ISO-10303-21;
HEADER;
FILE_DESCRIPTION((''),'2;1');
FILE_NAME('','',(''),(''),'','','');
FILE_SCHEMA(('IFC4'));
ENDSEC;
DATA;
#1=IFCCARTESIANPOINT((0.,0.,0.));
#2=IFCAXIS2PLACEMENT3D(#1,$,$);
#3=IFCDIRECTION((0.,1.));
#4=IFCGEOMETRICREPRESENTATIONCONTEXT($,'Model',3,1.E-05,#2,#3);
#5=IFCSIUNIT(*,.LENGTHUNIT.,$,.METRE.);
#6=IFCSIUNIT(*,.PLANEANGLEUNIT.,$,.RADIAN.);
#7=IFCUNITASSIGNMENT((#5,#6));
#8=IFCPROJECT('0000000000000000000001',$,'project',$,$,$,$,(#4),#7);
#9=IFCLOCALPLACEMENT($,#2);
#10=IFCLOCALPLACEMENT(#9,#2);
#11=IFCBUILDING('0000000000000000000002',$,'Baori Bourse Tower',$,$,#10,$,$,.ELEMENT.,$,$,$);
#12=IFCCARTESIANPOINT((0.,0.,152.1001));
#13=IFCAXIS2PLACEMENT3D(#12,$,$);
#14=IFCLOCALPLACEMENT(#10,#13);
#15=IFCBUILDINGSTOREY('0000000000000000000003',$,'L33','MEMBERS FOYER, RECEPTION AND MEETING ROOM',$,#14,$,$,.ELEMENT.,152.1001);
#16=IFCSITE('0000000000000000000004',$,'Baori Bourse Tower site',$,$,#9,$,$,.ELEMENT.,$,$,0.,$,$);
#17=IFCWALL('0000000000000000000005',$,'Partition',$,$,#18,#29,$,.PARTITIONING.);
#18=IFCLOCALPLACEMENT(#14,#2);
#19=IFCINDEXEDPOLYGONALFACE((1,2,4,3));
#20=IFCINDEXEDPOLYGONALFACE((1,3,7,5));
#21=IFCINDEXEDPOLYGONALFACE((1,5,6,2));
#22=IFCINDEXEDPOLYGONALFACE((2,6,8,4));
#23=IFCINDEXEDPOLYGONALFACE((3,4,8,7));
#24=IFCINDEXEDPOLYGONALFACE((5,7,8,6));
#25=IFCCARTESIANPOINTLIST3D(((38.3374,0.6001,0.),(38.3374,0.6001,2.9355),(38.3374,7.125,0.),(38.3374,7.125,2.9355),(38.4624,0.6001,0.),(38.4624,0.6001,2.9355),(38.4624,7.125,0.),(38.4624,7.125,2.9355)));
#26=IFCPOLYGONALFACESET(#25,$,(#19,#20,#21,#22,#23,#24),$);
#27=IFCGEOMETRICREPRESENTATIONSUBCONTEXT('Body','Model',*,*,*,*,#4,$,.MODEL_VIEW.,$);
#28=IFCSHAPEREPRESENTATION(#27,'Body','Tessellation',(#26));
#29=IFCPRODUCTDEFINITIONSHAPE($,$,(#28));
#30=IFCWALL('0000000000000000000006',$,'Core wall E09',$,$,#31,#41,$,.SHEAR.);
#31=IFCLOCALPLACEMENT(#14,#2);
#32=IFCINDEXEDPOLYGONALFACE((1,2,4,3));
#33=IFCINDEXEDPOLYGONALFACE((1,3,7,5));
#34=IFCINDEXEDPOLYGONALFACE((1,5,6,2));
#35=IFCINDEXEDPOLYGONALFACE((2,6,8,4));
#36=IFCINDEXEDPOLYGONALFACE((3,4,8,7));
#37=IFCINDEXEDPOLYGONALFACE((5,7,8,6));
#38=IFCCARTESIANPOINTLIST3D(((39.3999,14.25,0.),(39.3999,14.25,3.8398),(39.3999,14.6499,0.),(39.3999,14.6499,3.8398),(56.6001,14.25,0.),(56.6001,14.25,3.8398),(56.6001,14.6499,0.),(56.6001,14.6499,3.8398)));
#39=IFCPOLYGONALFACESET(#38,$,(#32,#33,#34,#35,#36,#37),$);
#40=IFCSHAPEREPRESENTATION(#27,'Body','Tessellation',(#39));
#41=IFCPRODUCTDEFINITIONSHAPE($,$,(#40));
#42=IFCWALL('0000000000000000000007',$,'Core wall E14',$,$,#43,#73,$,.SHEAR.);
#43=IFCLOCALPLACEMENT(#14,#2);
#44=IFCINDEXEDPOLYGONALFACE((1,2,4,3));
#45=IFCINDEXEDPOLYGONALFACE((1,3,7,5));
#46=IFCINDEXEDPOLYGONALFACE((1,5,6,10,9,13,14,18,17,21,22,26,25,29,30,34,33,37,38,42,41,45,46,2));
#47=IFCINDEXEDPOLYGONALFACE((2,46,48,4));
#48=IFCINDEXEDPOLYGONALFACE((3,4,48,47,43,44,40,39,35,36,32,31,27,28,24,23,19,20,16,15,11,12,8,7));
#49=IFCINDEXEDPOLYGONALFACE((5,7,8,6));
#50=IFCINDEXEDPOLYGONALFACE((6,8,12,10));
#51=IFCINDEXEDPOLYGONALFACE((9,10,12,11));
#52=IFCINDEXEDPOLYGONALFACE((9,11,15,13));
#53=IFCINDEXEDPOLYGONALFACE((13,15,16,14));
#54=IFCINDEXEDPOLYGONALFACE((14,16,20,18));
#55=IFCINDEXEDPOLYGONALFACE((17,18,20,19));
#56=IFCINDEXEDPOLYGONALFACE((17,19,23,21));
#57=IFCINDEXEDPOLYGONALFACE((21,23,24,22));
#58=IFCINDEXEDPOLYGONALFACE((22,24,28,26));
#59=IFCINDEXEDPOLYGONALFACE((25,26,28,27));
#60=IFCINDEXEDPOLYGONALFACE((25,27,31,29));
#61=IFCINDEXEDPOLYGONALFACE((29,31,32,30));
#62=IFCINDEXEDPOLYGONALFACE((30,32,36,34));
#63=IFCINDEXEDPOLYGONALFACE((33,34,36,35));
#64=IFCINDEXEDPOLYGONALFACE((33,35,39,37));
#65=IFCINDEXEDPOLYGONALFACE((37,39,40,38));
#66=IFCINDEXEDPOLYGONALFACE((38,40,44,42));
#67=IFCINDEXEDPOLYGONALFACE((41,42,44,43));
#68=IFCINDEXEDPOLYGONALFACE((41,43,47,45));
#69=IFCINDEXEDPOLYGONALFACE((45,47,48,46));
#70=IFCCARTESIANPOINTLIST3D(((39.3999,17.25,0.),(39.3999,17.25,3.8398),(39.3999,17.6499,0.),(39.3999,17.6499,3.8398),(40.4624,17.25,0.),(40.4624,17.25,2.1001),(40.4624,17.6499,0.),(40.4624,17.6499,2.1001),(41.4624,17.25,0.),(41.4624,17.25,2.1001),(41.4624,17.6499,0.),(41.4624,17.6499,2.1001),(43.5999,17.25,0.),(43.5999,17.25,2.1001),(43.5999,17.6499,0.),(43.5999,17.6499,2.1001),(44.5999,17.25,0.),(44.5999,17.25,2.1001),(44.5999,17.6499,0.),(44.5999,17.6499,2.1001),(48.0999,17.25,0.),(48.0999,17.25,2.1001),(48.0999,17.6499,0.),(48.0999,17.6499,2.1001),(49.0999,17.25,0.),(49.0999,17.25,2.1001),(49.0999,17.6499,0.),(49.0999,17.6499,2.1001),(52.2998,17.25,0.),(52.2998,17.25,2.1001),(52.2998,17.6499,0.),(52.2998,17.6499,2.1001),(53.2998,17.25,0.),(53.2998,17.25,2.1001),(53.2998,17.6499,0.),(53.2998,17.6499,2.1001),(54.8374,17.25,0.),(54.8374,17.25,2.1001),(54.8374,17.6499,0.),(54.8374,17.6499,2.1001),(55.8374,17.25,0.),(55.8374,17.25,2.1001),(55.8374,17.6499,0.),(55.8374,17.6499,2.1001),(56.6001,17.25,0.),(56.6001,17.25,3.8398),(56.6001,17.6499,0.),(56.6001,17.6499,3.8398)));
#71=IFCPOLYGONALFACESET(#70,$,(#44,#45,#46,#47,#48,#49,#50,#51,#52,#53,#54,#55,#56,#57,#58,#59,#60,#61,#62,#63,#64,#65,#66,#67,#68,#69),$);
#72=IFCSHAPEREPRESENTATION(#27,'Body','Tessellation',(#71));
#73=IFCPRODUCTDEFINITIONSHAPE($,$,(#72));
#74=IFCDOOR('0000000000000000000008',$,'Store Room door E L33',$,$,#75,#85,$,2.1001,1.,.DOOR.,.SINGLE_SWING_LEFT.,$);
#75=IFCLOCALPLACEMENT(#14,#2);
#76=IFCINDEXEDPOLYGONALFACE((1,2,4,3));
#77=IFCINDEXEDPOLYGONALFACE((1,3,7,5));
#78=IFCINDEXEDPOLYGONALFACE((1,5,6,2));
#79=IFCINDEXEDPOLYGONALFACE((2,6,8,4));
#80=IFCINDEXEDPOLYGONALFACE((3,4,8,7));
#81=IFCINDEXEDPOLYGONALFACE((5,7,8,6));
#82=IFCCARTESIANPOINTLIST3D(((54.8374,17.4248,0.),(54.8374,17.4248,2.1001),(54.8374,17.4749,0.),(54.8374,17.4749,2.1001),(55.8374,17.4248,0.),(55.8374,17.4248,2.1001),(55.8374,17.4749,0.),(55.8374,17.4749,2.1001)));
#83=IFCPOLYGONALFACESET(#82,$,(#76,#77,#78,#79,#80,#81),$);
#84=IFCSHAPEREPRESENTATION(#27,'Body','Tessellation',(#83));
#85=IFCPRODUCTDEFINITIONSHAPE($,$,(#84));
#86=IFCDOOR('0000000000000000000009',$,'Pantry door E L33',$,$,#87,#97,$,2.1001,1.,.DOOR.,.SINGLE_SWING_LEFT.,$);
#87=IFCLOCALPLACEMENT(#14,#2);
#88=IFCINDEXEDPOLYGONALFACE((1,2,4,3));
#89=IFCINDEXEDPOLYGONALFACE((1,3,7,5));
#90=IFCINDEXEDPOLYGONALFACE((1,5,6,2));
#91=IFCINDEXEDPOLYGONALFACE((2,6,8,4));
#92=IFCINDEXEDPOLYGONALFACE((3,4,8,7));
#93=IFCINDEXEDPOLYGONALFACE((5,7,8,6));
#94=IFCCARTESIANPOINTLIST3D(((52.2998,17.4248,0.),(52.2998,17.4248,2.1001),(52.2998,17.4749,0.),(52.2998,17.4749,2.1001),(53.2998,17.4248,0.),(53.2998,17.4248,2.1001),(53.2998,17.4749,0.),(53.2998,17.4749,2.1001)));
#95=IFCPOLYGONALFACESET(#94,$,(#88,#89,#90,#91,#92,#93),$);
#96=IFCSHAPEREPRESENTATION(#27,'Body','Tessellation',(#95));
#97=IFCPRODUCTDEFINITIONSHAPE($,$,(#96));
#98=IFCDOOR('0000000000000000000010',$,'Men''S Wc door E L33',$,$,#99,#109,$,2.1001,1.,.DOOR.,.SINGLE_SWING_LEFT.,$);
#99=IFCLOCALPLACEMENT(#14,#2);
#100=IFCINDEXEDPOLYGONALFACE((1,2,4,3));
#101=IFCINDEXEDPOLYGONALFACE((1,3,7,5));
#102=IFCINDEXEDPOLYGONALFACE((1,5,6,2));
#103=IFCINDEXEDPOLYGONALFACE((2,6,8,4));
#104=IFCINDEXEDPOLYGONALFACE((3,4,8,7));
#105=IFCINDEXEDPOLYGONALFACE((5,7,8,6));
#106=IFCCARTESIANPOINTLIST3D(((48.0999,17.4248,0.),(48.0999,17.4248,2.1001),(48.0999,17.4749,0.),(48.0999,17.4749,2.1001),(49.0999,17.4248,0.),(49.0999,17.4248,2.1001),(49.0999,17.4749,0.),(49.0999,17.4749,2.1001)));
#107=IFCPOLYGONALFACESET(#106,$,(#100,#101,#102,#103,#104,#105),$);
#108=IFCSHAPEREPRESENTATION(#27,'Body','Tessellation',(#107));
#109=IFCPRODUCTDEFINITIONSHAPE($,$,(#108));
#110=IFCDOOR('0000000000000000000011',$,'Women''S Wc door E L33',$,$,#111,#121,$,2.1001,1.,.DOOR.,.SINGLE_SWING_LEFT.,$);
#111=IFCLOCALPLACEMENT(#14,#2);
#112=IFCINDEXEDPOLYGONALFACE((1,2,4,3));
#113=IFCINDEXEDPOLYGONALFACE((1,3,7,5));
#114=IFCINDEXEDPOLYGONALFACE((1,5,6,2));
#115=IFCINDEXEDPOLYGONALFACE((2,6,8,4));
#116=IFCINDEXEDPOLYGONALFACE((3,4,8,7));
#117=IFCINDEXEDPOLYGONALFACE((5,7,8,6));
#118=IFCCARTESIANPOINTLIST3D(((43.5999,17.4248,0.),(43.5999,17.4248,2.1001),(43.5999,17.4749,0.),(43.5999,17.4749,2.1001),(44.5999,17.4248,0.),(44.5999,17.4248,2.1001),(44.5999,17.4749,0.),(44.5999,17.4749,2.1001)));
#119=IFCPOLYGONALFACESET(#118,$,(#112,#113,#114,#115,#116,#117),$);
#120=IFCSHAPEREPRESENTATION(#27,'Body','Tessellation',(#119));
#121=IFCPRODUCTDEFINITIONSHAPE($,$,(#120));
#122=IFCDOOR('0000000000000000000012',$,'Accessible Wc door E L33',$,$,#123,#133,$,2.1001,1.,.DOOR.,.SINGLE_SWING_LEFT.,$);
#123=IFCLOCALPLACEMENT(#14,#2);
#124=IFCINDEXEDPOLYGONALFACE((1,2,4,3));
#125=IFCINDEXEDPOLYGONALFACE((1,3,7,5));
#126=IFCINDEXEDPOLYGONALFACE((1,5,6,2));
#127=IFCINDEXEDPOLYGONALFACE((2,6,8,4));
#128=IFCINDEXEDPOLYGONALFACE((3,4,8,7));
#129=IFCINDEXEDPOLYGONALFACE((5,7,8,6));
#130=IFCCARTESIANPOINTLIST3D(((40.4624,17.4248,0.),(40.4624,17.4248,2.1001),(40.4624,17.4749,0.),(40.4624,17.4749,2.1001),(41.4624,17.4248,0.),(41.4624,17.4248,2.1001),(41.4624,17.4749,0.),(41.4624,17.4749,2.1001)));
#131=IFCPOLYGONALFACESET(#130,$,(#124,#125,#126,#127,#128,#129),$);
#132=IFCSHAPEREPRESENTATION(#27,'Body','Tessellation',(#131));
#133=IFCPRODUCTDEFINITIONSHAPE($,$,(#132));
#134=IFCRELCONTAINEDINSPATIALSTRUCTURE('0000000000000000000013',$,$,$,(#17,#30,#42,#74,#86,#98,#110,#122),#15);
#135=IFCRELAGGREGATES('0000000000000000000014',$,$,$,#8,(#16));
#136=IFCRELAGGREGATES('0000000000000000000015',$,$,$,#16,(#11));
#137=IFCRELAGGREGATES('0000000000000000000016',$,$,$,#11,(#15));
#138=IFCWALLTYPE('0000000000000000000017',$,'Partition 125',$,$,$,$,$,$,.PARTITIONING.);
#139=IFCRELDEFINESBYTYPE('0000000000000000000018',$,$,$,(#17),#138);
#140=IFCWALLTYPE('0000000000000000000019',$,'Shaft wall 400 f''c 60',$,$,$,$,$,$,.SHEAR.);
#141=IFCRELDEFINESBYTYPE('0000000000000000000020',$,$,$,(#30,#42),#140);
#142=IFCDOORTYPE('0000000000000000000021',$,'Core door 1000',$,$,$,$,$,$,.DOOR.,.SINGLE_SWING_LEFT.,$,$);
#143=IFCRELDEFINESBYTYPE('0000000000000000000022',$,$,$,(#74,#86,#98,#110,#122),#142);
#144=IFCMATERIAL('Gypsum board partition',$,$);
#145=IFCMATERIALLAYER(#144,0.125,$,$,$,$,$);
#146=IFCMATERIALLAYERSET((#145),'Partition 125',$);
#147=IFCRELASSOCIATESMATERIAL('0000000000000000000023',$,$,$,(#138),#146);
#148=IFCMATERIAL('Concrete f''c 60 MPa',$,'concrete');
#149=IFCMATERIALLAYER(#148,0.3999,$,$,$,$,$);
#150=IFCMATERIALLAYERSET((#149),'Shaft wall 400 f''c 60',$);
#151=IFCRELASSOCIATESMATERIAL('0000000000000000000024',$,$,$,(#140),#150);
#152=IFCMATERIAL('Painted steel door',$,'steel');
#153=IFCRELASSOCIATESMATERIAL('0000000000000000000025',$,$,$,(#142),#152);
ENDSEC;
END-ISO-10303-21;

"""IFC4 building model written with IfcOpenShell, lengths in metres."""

from ifc_helpers import new_model, si_unit, direction, frame, frame_2d, origin, place, context, subcontext, project, spatial, rectangle, extrude, material, layer, layer_set, type_object, element, fill, save


model = new_model("IFC4")

# Units and contexts
model_context = context("Model", 3, precision=1e-05, world=origin(), true_north=direction((0.0, 1.0)))
body_context = subcontext(model_context, "Body", "Model", "MODEL_VIEW")
ifc_project = project(units=[si_unit("LENGTHUNIT", "METRE"), si_unit("PLANEANGLEUNIT", "RADIAN")], contexts=[model_context])

# Site, building, storey
site_placement = place(None, origin())
site = spatial("IfcSite", under=ifc_project, at=site_placement, Name="Baori Bourse Tower site", CompositionType="ELEMENT", RefElevation=0.0)
building_placement = place(site_placement, origin())
building = spatial("IfcBuilding", under=site, at=building_placement, Name="Baori Bourse Tower", CompositionType="ELEMENT")
storey_placement = place(building_placement, frame((0.0, 0.0, 152.1001)))
storey = spatial("IfcBuildingStorey", under=building, at=storey_placement, Name="L33", Description="MEMBERS FOYER, RECEPTION AND MEETING ROOM", CompositionType="ELEMENT", Elevation=152.1001)

# Walls
ifc_material_1 = material(Name="Gypsum board partition")
ifc_layer_1 = layer(ifc_material_1, 0.125)
ifc_layer_set_1 = layer_set([ifc_layer_1], Name="Partition 125")
wall_type_1 = type_object("IfcWallType", Name="Partition 125", PredefinedType="PARTITIONING", material=ifc_layer_set_1)
wall_1_placement = place(storey_placement, frame((38.3999, 0.6001, 0.0), z_axis=(0.0, 0.0, 1.0), x_axis=(0.0, 1.0, 0.0)))
element("IfcWall", 1, at=wall_1_placement, inside=storey, type_object=wall_type_1, Name="Partition", PredefinedType="PARTITIONING", context=body_context, shape_type="SweptSolid", body=[
    extrude(rectangle(XDim=6.5249, YDim=0.125, at=frame_2d((3.2625, 0.0))), origin(), (0.0, 0.0, 1.0), 2.9355),
])
ifc_material_2 = material(Name="Concrete f'c 60 MPa", Category="concrete")
ifc_layer_2 = layer(ifc_material_2, 0.3999)
ifc_layer_set_2 = layer_set([ifc_layer_2], Name="Shaft wall 400 f'c 60")
wall_type_2 = type_object("IfcWallType", Name="Shaft wall 400 f'c 60", PredefinedType="SHEAR", material=ifc_layer_set_2)
wall_2_placement = place(storey_placement, frame((39.3999, 14.45, 0.0), z_axis=(0.0, 0.0, 1.0), x_axis=(1.0, 0.0, 0.0)))
element("IfcWall", 2, at=wall_2_placement, inside=storey, type_object=wall_type_2, Name="Core wall E09", PredefinedType="SHEAR", context=body_context, shape_type="SweptSolid", body=[
    extrude(rectangle(XDim=17.2002, YDim=0.3999, at=frame_2d((8.6001, 0.0))), origin(), (0.0, 0.0, 1.0), 3.8398),
])

# Wall, openings, doors
wall_3_placement = place(storey_placement, frame((39.3999, 17.45, 0.0), z_axis=(0.0, 0.0, 1.0), x_axis=(1.0, 0.0, 0.0)))
wall_3 = element("IfcWall", 3, at=wall_3_placement, inside=storey, type_object=wall_type_2, Name="Core wall E14", PredefinedType="SHEAR", context=body_context, shape_type="SweptSolid", body=[
    extrude(rectangle(XDim=17.2002, YDim=0.3999, at=frame_2d((8.6001, 0.0))), origin(), (0.0, 0.0, 1.0), 3.8398),
])
opening_1_placement = place(wall_3_placement, frame((15.4375, 0.0, 0.0)))
opening_1 = element("IfcOpeningElement", 4, at=opening_1_placement, cuts=wall_3, PredefinedType="OPENING", context=body_context, shape_type="SweptSolid", body=[
    extrude(rectangle(XDim=1.0, YDim=2.1001, at=frame_2d((0.5, 1.05))), frame((0.0, 0.21, 0.0), z_axis=(0.0, -1.0, 0.0), x_axis=(1.0, 0.0, 0.0)), (0.0, 0.0, 1.0), 0.4199),
])
opening_2_placement = place(wall_3_placement, frame((12.8999, 0.0, 0.0)))
opening_2 = element("IfcOpeningElement", 5, at=opening_2_placement, cuts=wall_3, PredefinedType="OPENING", context=body_context, shape_type="SweptSolid", body=[
    extrude(rectangle(XDim=1.0, YDim=2.1001, at=frame_2d((0.5, 1.05))), frame((0.0, 0.21, 0.0), z_axis=(0.0, -1.0, 0.0), x_axis=(1.0, 0.0, 0.0)), (0.0, 0.0, 1.0), 0.4199),
])
opening_3_placement = place(wall_3_placement, frame((8.7, 0.0, 0.0)))
opening_3 = element("IfcOpeningElement", 6, at=opening_3_placement, cuts=wall_3, PredefinedType="OPENING", context=body_context, shape_type="SweptSolid", body=[
    extrude(rectangle(XDim=1.0, YDim=2.1001, at=frame_2d((0.5, 1.05))), frame((0.0, 0.21, 0.0), z_axis=(0.0, -1.0, 0.0), x_axis=(1.0, 0.0, 0.0)), (0.0, 0.0, 1.0), 0.4199),
])
opening_4_placement = place(wall_3_placement, frame((4.2, 0.0, 0.0)))
opening_4 = element("IfcOpeningElement", 7, at=opening_4_placement, cuts=wall_3, PredefinedType="OPENING", context=body_context, shape_type="SweptSolid", body=[
    extrude(rectangle(XDim=1.0, YDim=2.1001, at=frame_2d((0.5, 1.05))), frame((0.0, 0.21, 0.0), z_axis=(0.0, -1.0, 0.0), x_axis=(1.0, 0.0, 0.0)), (0.0, 0.0, 1.0), 0.4199),
])
opening_5_placement = place(wall_3_placement, frame((1.0625, 0.0, 0.0)))
opening_5 = element("IfcOpeningElement", 8, at=opening_5_placement, cuts=wall_3, PredefinedType="OPENING", context=body_context, shape_type="SweptSolid", body=[
    extrude(rectangle(XDim=1.0, YDim=2.1001, at=frame_2d((0.5, 1.05))), frame((0.0, 0.21, 0.0), z_axis=(0.0, -1.0, 0.0), x_axis=(1.0, 0.0, 0.0)), (0.0, 0.0, 1.0), 0.4199),
])
ifc_material_3 = material(Name="Painted steel door", Category="steel")
door_type_1 = type_object("IfcDoorType", Name="Core door 1000", OperationType="SINGLE_SWING_LEFT", PredefinedType="DOOR", material=ifc_material_3)
door_1_placement = place(opening_1_placement, origin())
door_1 = element("IfcDoor", 9, at=door_1_placement, inside=storey, type_object=door_type_1, Name="Store Room door E L33", OperationType="SINGLE_SWING_LEFT", OverallHeight=2.1001, OverallWidth=1.0, PredefinedType="DOOR", context=body_context, shape_type="SweptSolid", body=[
    extrude(rectangle(XDim=1.0, YDim=2.1001, at=frame_2d((0.5, 1.05))), frame((0.0, 0.0249, 0.0), z_axis=(0.0, -1.0, 0.0), x_axis=(1.0, 0.0, 0.0)), (0.0, 0.0, 1.0), 0.05),
])
fill(opening_1, door_1)
door_2_placement = place(opening_2_placement, origin())
door_2 = element("IfcDoor", 10, at=door_2_placement, inside=storey, type_object=door_type_1, Name="Pantry door E L33", OperationType="SINGLE_SWING_LEFT", OverallHeight=2.1001, OverallWidth=1.0, PredefinedType="DOOR", context=body_context, shape_type="SweptSolid", body=[
    extrude(rectangle(XDim=1.0, YDim=2.1001, at=frame_2d((0.5, 1.05))), frame((0.0, 0.0249, 0.0), z_axis=(0.0, -1.0, 0.0), x_axis=(1.0, 0.0, 0.0)), (0.0, 0.0, 1.0), 0.05),
])
fill(opening_2, door_2)
door_3_placement = place(opening_3_placement, origin())
door_3 = element("IfcDoor", 11, at=door_3_placement, inside=storey, type_object=door_type_1, Name="Men'S Wc door E L33", OperationType="SINGLE_SWING_LEFT", OverallHeight=2.1001, OverallWidth=1.0, PredefinedType="DOOR", context=body_context, shape_type="SweptSolid", body=[
    extrude(rectangle(XDim=1.0, YDim=2.1001, at=frame_2d((0.5, 1.05))), frame((0.0, 0.0249, 0.0), z_axis=(0.0, -1.0, 0.0), x_axis=(1.0, 0.0, 0.0)), (0.0, 0.0, 1.0), 0.05),
])
fill(opening_3, door_3)
door_4_placement = place(opening_4_placement, origin())
door_4 = element("IfcDoor", 12, at=door_4_placement, inside=storey, type_object=door_type_1, Name="Women'S Wc door E L33", OperationType="SINGLE_SWING_LEFT", OverallHeight=2.1001, OverallWidth=1.0, PredefinedType="DOOR", context=body_context, shape_type="SweptSolid", body=[
    extrude(rectangle(XDim=1.0, YDim=2.1001, at=frame_2d((0.5, 1.05))), frame((0.0, 0.0249, 0.0), z_axis=(0.0, -1.0, 0.0), x_axis=(1.0, 0.0, 0.0)), (0.0, 0.0, 1.0), 0.05),
])
fill(opening_4, door_4)
door_5_placement = place(opening_5_placement, origin())
door_5 = element("IfcDoor", 13, at=door_5_placement, inside=storey, type_object=door_type_1, Name="Accessible Wc door E L33", OperationType="SINGLE_SWING_LEFT", OverallHeight=2.1001, OverallWidth=1.0, PredefinedType="DOOR", context=body_context, shape_type="SweptSolid", body=[
    extrude(rectangle(XDim=1.0, YDim=2.1001, at=frame_2d((0.5, 1.05))), frame((0.0, 0.0249, 0.0), z_axis=(0.0, -1.0, 0.0), x_axis=(1.0, 0.0, 0.0)), (0.0, 0.0, 1.0), 0.05),
])
fill(opening_5, door_5)

save(model, "model.ifc")
